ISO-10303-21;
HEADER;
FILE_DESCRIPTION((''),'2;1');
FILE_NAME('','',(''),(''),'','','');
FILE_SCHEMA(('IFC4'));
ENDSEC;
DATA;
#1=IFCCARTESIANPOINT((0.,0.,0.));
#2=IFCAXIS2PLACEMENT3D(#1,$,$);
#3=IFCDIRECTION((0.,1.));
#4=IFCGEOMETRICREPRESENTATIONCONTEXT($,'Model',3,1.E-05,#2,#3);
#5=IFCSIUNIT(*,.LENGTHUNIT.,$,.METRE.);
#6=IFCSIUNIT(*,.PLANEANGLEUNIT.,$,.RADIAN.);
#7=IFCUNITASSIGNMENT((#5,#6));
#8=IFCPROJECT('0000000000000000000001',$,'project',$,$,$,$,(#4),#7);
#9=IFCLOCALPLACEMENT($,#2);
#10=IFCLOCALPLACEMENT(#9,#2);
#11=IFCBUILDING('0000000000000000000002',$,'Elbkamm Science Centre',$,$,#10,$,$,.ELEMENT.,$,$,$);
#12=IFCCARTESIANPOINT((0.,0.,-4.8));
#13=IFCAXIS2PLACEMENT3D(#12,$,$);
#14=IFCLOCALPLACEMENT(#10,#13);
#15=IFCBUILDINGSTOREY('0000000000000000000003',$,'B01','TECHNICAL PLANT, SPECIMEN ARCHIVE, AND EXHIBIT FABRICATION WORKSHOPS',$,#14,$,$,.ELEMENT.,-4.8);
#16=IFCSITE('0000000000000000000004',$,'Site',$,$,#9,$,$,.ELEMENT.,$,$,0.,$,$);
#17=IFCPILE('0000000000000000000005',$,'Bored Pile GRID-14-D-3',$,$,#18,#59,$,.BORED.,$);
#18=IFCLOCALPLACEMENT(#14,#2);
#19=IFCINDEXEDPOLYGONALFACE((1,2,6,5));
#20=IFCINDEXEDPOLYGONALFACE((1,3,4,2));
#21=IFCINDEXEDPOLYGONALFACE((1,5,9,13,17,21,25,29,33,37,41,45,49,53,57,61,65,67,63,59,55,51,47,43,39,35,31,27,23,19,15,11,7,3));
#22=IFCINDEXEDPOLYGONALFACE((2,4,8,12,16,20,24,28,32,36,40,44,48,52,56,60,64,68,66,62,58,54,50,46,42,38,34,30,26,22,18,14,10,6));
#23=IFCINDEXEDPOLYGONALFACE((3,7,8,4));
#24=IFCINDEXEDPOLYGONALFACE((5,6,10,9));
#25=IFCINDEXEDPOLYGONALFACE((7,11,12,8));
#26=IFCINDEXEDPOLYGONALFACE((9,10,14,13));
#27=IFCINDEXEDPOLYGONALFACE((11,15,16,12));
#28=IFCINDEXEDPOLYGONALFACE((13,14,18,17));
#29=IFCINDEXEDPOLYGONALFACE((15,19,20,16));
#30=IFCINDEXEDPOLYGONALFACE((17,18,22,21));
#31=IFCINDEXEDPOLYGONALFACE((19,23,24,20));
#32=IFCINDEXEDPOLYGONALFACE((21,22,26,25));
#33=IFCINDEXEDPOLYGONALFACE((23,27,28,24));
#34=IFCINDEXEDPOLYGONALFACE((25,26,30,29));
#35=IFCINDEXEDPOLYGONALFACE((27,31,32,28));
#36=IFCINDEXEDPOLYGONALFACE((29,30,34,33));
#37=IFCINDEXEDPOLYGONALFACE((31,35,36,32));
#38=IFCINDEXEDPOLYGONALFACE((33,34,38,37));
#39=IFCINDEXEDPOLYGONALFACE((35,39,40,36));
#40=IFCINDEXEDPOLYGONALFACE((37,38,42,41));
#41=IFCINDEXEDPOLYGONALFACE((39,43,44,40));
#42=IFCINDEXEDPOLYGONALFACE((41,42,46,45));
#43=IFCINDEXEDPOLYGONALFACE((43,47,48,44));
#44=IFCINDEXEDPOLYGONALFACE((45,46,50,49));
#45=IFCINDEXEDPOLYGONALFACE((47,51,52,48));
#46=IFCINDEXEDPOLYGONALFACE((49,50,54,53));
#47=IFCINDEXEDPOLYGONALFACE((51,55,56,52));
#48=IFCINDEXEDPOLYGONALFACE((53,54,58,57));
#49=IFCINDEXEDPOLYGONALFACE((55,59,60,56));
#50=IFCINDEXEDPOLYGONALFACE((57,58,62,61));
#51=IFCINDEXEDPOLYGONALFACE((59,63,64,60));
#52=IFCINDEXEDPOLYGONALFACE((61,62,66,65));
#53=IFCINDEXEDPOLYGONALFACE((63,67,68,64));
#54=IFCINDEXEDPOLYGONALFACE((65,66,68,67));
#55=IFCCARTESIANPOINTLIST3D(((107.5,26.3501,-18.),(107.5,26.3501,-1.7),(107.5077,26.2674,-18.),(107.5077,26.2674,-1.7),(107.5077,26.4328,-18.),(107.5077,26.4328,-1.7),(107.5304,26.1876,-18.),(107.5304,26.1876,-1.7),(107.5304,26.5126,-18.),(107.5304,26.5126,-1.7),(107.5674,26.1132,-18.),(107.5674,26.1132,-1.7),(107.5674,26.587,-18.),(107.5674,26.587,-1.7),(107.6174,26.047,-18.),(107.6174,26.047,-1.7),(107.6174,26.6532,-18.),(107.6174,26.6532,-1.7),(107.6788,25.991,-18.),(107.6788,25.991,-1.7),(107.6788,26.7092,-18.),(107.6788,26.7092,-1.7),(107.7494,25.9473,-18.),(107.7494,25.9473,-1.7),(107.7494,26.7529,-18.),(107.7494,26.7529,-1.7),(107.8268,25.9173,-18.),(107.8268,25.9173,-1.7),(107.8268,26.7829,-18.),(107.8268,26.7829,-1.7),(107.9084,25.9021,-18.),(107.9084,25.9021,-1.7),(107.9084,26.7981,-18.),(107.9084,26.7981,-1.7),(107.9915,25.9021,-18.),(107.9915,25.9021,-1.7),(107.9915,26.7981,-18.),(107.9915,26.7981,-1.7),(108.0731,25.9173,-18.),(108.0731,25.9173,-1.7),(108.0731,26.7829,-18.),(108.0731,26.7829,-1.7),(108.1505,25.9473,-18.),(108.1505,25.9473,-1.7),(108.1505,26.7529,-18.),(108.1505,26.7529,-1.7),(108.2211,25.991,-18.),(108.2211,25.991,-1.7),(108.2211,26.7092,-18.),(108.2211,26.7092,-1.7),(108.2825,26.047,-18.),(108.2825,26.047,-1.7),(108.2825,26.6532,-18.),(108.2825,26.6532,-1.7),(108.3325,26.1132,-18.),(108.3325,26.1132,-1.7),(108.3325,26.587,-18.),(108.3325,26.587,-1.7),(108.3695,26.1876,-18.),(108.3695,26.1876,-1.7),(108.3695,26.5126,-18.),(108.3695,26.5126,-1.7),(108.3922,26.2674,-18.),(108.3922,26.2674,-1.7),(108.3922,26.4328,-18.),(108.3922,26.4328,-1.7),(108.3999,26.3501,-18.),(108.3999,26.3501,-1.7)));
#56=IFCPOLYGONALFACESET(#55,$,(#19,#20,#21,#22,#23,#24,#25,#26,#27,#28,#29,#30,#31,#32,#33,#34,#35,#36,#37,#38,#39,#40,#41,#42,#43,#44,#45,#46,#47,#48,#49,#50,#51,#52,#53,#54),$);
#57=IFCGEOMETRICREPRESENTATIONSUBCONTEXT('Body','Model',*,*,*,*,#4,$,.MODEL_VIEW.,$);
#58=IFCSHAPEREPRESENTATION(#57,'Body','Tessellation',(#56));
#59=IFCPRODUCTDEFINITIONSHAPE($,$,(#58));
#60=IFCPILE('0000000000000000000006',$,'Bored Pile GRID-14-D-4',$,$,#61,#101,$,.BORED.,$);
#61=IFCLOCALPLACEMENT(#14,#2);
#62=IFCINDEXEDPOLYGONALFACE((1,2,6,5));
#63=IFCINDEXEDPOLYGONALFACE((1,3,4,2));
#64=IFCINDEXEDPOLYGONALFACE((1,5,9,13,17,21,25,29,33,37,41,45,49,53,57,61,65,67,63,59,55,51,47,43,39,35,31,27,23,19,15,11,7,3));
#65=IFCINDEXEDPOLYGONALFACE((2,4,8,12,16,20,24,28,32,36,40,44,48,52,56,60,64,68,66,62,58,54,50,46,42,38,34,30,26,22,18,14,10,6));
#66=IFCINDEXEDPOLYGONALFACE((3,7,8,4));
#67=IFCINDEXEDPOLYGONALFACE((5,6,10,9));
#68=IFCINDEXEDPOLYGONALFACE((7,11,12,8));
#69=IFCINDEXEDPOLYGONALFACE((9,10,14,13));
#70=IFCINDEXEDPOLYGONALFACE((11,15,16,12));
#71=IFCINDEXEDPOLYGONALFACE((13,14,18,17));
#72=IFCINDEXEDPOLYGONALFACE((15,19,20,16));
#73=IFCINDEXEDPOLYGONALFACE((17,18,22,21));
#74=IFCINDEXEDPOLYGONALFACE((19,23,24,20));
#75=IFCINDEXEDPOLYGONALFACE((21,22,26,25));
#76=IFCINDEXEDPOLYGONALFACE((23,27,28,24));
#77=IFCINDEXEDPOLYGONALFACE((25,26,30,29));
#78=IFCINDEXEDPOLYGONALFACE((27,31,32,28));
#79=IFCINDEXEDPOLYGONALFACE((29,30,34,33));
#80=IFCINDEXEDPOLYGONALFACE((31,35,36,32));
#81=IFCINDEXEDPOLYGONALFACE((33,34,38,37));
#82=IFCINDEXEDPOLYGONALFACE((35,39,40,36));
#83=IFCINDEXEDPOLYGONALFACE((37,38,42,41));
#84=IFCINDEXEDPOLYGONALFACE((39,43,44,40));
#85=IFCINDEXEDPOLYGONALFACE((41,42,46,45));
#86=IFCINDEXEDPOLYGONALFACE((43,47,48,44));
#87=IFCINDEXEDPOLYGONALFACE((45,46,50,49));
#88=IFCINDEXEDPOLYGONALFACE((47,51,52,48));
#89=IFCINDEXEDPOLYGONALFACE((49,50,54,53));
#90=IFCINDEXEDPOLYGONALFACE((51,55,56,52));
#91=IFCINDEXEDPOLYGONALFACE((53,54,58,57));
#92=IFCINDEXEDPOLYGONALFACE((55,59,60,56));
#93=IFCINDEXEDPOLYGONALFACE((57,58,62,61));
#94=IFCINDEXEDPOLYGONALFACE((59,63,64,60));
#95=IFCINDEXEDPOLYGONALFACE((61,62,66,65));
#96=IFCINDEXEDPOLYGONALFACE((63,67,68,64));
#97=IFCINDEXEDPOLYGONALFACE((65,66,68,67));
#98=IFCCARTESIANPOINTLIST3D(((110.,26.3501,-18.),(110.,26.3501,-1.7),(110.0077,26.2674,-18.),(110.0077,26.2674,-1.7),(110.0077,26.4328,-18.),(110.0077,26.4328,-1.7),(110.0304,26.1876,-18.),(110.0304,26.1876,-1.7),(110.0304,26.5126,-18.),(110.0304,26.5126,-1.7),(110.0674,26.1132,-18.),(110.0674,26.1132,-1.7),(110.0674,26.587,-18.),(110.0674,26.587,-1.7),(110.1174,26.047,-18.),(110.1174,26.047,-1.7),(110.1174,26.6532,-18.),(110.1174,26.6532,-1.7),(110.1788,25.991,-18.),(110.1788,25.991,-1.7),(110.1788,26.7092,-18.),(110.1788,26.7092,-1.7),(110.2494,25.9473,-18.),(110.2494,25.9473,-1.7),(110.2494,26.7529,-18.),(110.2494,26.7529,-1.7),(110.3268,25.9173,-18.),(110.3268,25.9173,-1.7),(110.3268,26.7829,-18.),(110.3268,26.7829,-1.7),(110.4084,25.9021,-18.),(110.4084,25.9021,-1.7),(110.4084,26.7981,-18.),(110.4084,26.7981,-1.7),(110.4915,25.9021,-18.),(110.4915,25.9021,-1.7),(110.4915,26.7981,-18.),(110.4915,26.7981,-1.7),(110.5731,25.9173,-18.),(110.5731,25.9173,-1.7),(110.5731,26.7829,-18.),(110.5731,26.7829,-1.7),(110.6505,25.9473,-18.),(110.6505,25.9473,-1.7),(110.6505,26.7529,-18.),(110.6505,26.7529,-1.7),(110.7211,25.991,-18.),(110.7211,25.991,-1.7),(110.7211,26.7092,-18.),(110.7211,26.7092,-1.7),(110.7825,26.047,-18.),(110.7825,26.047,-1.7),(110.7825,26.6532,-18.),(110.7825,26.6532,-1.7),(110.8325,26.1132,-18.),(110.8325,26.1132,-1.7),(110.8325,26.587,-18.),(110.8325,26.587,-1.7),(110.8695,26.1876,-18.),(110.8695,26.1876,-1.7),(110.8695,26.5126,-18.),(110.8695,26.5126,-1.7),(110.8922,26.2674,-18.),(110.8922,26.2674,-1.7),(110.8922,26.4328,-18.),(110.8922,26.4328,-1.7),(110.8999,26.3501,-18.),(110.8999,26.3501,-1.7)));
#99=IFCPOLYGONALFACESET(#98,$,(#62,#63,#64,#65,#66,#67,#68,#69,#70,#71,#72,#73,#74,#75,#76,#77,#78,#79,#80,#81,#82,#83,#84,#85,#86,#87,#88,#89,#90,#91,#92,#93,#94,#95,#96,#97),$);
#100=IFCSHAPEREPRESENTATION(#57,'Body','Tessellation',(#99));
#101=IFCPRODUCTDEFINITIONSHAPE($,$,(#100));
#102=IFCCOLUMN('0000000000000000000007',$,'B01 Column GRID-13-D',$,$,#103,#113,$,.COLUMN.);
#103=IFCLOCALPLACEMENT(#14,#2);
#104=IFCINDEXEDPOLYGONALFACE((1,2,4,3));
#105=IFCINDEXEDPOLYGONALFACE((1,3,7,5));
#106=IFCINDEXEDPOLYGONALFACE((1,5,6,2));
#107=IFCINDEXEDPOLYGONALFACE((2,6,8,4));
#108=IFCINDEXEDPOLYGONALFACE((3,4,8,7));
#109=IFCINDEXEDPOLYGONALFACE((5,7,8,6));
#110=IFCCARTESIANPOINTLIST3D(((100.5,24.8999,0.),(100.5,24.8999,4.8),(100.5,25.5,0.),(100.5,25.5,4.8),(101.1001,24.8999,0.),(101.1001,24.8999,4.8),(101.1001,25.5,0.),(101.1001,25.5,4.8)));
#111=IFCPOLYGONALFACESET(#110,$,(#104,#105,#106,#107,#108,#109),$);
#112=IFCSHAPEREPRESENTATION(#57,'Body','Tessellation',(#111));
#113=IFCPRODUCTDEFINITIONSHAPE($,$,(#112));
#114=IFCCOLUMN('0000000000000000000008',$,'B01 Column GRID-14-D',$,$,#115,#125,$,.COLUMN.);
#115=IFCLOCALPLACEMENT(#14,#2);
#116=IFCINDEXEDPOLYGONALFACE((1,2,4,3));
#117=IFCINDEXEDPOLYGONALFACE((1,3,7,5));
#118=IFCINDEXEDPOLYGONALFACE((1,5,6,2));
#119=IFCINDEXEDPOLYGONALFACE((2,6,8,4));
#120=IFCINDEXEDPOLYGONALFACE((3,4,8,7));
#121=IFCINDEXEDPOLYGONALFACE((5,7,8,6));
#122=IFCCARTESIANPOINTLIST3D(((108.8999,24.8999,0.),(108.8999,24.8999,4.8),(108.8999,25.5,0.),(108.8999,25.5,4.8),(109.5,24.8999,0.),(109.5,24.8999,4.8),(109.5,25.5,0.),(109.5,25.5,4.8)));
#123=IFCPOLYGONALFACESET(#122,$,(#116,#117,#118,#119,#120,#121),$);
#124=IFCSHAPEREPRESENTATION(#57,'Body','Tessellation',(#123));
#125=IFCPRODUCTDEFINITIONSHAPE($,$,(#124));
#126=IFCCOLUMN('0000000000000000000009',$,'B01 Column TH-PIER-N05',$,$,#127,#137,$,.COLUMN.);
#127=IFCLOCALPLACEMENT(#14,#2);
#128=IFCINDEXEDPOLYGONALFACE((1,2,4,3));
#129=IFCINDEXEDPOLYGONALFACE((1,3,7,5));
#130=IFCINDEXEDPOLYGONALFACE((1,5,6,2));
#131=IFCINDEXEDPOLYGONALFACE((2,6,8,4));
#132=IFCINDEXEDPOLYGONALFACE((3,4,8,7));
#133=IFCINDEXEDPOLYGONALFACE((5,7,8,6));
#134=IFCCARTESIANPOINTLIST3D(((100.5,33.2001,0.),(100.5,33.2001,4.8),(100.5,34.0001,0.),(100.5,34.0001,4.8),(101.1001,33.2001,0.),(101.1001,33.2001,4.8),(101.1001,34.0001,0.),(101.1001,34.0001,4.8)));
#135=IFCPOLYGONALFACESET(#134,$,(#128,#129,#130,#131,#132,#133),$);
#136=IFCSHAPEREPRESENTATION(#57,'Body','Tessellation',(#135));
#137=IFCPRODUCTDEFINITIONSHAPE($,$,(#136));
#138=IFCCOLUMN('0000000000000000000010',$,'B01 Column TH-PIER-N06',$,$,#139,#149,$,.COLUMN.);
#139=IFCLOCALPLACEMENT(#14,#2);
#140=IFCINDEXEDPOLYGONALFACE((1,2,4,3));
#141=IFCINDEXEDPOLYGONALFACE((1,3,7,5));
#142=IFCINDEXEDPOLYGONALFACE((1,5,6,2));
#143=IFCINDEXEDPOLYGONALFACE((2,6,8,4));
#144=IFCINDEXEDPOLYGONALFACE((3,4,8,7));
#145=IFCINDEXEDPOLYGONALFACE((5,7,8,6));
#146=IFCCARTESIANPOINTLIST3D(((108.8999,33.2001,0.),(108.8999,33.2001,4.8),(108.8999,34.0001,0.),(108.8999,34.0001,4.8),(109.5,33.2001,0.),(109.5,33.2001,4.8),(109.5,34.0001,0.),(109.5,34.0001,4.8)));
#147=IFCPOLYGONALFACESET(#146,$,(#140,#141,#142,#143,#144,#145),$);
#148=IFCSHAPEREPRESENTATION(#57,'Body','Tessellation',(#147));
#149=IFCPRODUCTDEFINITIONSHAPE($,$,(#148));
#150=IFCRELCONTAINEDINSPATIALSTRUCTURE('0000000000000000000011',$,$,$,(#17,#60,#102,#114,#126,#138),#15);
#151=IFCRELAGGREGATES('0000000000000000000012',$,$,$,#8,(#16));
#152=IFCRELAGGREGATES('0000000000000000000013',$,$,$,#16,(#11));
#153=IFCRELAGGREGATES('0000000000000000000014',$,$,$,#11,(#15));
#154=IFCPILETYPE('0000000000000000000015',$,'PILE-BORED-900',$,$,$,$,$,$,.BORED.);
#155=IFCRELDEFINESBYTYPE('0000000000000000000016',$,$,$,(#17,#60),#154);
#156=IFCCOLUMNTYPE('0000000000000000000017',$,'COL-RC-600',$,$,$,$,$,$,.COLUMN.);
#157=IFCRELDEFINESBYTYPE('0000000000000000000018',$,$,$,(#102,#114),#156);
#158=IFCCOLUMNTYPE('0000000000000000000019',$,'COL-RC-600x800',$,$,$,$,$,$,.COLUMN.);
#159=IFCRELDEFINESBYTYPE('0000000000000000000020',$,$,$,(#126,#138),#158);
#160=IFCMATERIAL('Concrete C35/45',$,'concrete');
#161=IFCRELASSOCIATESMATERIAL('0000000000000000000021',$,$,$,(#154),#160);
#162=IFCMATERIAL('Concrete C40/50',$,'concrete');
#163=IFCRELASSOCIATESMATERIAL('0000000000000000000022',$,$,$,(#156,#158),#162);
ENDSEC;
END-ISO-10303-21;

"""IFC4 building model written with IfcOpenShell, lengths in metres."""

from ifc_helpers import new_model, si_unit, direction, frame, origin, origin_2d, place, context, subcontext, project, spatial, rectangle, circle, extrude, material, material_profile, profile_set, type_object, element, save


model = new_model("IFC4")

# Units and contexts
model_context = context("Model", 3, precision=1e-05, world=origin(), true_north=direction((0.0, 1.0)))
body_context = subcontext(model_context, "Body", "Model", "MODEL_VIEW")
ifc_project = project(units=[si_unit("LENGTHUNIT", "METRE"), si_unit("PLANEANGLEUNIT", "RADIAN")], contexts=[model_context])

# Site, building, storey
site_placement = place(None, origin())
site = spatial("IfcSite", under=ifc_project, at=site_placement, Name="Site", CompositionType="ELEMENT", RefElevation=0.0)
building_placement = place(site_placement, origin())
building = spatial("IfcBuilding", under=site, at=building_placement, Name="Elbkamm Science Centre", CompositionType="ELEMENT")
storey_placement = place(building_placement, frame((0.0, 0.0, -4.8)))
storey = spatial("IfcBuildingStorey", under=building, at=storey_placement, Name="B01", Description="TECHNICAL PLANT, SPECIMEN ARCHIVE, AND EXHIBIT FABRICATION WORKSHOPS", CompositionType="ELEMENT", Elevation=-4.8)

# Shared definitions
ifc_material_1 = material(Name="Concrete C35/45", Category="concrete")

# Piles
ifc_material_profile_1 = material_profile(ifc_material_1, circle(Radius=0.45, at=origin_2d()), Name="PILE D900")
ifc_profile_set_1 = profile_set([ifc_material_profile_1], Name="Concrete C35/45")
pile_type_1 = type_object("IfcPileType", Name="PILE-BORED-900", PredefinedType="BORED", material=ifc_profile_set_1)
for number, where, z_axis, x_axis, name in (
    (1, (107.95, 26.3501, -1.7), (0.0, 0.0, -1.0), (1.0, 0.0, 0.0), "Bored Pile GRID-14-D-3"),
    (2, (110.45, 26.3501, -1.7), (0.0, 0.0, -1.0), (1.0, 0.0, 0.0), "Bored Pile GRID-14-D-4"),
):
    element("IfcPile", number, at=place(storey_placement, frame(where, z_axis=z_axis, x_axis=x_axis)), inside=storey, type_object=pile_type_1, Name=name, PredefinedType="BORED", context=body_context, shape_type="SweptSolid", body=[
        extrude(circle(Radius=0.45, at=origin_2d()), origin(), (0.0, 0.0, 1.0), 16.3),
    ])

# Columns
ifc_material_2 = material(Name="Concrete C40/50", Category="concrete")
ifc_material_profile_2 = material_profile(ifc_material_2, rectangle(XDim=0.6001, YDim=0.6001, at=origin_2d()), Name="RC 600x600")
ifc_profile_set_2 = profile_set([ifc_material_profile_2], Name="Concrete C40/50")
column_type_1 = type_object("IfcColumnType", Name="COL-RC-600", PredefinedType="COLUMN", material=ifc_profile_set_2)
for number, where, z_axis, x_axis, name in (
    (3, (100.8, 25.2, 0.0), (0.0, 0.0, 1.0), (1.0, 0.0, 0.0), "B01 Column GRID-13-D"),
    (4, (109.2, 25.2, 0.0), (0.0, 0.0, 1.0), (1.0, 0.0, 0.0), "B01 Column GRID-14-D"),
):
    element("IfcColumn", number, at=place(storey_placement, frame(where, z_axis=z_axis, x_axis=x_axis)), inside=storey, type_object=column_type_1, Name=name, PredefinedType="COLUMN", context=body_context, shape_type="SweptSolid", body=[
        extrude(rectangle(XDim=0.6001, YDim=0.6001, at=origin_2d()), origin(), (0.0, 0.0, 1.0), 4.8),
    ])
ifc_material_profile_3 = material_profile(ifc_material_2, rectangle(XDim=0.6001, YDim=0.8, at=origin_2d()), Name="RC 600x800")
ifc_profile_set_3 = profile_set([ifc_material_profile_3], Name="Concrete C40/50")
column_type_2 = type_object("IfcColumnType", Name="COL-RC-600x800", PredefinedType="COLUMN", material=ifc_profile_set_3)
for number, where, z_axis, x_axis, name in (
    (5, (100.8, 33.6001, 0.0), (0.0, 0.0, 1.0), (1.0, 0.0, 0.0), "B01 Column TH-PIER-N05"),
    (6, (109.2, 33.6001, 0.0), (0.0, 0.0, 1.0), (1.0, 0.0, 0.0), "B01 Column TH-PIER-N06"),
):
    element("IfcColumn", number, at=place(storey_placement, frame(where, z_axis=z_axis, x_axis=x_axis)), inside=storey, type_object=column_type_2, Name=name, PredefinedType="COLUMN", context=body_context, shape_type="SweptSolid", body=[
        extrude(rectangle(XDim=0.6001, YDim=0.8, at=origin_2d()), origin(), (0.0, 0.0, 1.0), 4.8),
    ])

save(model, "model.ifc")
